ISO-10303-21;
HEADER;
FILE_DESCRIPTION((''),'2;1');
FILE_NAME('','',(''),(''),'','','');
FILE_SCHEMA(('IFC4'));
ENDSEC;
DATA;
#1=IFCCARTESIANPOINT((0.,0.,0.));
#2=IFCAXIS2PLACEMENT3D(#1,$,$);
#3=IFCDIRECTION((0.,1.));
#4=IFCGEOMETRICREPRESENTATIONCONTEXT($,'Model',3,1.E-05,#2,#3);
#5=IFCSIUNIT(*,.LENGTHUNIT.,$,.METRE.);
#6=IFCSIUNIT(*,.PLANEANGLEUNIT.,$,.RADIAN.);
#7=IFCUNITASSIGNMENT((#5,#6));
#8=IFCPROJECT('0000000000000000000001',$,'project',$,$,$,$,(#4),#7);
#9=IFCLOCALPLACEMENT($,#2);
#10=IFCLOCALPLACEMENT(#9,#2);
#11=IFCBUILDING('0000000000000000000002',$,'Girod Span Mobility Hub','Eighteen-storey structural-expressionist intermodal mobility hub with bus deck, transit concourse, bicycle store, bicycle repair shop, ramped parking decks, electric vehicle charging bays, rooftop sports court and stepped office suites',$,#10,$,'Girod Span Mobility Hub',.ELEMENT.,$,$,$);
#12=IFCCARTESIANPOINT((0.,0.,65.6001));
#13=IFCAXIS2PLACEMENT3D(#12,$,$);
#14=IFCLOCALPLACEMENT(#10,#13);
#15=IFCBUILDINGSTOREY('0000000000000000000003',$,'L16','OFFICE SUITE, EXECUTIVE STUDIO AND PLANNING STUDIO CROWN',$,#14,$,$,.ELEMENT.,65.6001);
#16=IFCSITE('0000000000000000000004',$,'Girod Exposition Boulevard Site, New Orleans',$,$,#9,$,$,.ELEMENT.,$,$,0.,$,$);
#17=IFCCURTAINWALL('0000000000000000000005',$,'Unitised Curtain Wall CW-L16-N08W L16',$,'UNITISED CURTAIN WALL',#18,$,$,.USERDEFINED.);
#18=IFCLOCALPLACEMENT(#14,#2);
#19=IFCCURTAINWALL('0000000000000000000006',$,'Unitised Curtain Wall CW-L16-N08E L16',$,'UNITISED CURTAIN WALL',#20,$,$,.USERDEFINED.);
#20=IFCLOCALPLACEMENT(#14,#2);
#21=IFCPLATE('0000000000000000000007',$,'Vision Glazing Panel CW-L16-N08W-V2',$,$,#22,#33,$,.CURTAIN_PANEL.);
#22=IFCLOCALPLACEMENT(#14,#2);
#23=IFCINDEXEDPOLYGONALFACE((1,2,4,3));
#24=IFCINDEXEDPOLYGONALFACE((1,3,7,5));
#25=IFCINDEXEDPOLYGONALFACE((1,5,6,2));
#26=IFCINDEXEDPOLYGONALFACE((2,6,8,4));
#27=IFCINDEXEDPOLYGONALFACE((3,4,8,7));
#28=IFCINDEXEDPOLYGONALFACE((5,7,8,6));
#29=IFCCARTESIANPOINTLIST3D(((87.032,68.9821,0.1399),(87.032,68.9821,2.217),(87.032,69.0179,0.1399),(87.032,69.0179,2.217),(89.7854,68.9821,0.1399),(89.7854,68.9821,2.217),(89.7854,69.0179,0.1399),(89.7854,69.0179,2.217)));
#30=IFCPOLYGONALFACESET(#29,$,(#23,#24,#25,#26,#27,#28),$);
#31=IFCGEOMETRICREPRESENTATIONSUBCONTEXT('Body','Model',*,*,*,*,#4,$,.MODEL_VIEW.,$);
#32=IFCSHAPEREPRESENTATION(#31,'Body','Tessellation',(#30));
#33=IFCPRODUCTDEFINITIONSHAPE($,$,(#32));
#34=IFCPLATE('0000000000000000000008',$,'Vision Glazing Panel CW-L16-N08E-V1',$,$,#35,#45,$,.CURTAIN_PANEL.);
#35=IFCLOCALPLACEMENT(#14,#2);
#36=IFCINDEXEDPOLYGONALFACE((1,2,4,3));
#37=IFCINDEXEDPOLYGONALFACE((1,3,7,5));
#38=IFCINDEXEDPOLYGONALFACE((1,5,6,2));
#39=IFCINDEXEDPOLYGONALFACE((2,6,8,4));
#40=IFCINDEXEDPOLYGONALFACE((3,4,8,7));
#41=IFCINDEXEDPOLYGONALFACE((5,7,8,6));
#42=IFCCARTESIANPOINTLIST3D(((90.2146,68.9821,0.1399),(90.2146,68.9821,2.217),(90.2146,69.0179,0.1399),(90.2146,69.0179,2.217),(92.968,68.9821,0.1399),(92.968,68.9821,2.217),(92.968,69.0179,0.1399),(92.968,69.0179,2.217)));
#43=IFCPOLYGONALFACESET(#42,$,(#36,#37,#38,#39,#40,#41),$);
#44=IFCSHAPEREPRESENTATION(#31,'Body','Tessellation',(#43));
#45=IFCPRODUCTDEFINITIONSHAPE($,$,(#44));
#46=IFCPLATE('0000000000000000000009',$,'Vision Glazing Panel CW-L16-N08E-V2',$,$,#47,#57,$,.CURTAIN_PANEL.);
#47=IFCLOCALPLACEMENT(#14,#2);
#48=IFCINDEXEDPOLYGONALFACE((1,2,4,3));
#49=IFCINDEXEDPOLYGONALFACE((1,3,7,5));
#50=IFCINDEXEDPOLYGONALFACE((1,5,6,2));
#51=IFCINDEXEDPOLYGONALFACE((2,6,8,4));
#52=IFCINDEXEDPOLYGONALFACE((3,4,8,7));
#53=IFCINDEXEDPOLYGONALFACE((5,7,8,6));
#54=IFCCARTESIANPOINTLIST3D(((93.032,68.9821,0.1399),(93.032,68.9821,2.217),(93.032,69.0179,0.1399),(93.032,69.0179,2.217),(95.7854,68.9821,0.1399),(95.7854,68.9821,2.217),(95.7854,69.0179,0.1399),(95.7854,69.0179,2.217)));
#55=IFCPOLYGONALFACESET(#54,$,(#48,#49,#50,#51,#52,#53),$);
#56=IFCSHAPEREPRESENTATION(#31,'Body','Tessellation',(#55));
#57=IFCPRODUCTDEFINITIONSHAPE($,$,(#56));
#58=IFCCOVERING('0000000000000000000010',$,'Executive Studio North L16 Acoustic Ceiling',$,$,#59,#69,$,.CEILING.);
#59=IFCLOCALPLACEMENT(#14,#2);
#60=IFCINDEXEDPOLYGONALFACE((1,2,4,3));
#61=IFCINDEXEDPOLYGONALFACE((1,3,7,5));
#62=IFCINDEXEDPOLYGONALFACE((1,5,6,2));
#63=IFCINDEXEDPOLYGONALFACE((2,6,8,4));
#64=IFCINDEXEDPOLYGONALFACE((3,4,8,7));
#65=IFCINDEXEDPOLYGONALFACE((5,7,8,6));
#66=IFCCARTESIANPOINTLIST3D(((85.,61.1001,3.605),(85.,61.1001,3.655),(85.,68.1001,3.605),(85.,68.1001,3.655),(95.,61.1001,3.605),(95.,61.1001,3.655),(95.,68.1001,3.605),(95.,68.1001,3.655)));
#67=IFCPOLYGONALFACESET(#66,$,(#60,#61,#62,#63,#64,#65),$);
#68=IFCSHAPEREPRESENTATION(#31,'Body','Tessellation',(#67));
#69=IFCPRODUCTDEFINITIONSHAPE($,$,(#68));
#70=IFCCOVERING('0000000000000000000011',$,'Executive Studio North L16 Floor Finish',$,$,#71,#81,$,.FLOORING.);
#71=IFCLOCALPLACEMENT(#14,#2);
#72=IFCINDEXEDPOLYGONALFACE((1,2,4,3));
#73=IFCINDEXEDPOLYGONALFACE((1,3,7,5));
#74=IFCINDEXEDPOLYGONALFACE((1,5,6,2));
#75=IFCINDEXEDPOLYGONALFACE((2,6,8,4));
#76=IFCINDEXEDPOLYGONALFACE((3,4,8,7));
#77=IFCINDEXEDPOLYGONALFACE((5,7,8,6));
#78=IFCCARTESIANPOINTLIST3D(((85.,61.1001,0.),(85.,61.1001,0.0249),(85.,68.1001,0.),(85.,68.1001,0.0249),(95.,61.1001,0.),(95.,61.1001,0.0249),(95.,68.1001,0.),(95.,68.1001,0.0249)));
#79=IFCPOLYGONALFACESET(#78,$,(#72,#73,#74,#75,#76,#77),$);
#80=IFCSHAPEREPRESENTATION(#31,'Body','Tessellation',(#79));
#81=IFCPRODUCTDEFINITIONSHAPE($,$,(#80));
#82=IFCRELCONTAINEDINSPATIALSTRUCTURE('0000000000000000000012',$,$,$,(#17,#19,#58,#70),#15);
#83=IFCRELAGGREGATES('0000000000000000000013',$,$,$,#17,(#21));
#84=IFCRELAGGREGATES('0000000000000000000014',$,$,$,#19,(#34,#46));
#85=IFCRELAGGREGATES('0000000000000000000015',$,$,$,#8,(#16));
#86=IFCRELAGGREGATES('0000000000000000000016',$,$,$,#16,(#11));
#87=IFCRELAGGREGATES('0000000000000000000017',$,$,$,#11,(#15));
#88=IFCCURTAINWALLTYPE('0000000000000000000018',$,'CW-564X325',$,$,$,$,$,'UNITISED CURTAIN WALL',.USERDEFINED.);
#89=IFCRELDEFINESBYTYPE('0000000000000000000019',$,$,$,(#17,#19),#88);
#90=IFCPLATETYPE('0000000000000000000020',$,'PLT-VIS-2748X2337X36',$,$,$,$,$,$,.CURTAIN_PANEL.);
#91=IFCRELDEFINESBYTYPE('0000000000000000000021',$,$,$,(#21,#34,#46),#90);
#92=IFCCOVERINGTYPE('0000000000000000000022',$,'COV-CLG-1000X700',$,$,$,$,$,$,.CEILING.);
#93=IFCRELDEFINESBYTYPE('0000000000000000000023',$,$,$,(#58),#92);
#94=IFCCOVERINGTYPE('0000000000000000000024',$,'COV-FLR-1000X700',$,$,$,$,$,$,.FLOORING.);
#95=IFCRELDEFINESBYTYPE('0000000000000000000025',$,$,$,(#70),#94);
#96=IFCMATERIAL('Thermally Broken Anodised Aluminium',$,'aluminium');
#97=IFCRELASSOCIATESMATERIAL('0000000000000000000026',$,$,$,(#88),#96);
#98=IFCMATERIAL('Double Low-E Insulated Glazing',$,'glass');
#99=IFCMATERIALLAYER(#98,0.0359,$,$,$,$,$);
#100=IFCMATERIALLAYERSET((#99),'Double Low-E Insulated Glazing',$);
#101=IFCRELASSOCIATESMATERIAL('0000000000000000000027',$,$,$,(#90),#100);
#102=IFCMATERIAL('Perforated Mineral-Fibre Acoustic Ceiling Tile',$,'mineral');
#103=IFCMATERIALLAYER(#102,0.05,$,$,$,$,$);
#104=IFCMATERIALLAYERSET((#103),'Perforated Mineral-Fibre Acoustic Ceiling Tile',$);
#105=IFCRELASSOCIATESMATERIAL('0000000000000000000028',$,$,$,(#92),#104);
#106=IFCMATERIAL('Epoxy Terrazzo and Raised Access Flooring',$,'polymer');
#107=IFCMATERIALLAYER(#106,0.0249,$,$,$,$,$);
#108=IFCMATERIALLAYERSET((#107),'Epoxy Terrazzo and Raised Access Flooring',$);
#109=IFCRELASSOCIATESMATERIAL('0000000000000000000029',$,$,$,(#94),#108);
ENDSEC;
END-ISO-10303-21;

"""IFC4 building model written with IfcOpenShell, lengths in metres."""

from ifc_helpers import new_model, si_unit, direction, frame, origin, origin_2d, place, context, subcontext, project, spatial, rectangle, extrude, material, layer, layer_set, type_object, element, aggregate, save


model = new_model("IFC4")

# Units and contexts
model_context = context("Model", 3, precision=1e-05, world=origin(), true_north=direction((0.0, 1.0)))
body_context = subcontext(model_context, "Body", "Model", "MODEL_VIEW")
ifc_project = project(units=[si_unit("LENGTHUNIT", "METRE"), si_unit("PLANEANGLEUNIT", "RADIAN")], contexts=[model_context])

# Site, building, storey
site_placement = place(None, origin())
site = spatial("IfcSite", under=ifc_project, at=site_placement, Name="Girod Exposition Boulevard Site, New Orleans", CompositionType="ELEMENT", RefElevation=0.0)
building_placement = place(site_placement, origin())
building = spatial("IfcBuilding", under=site, at=building_placement, Name="Girod Span Mobility Hub", Description="Eighteen-storey structural-expressionist intermodal mobility hub with bus deck, transit concourse, bicycle store, bicycle repair shop, ramped parking decks, electric vehicle charging bays, rooftop sports court and stepped office suites", LongName="Girod Span Mobility Hub", CompositionType="ELEMENT")
storey_placement = place(building_placement, frame((0.0, 0.0, 65.6001)))
storey = spatial("IfcBuildingStorey", under=building, at=storey_placement, Name="L16", Description="OFFICE SUITE, EXECUTIVE STUDIO AND PLANNING STUDIO CROWN", CompositionType="ELEMENT", Elevation=65.6001)

# Curtain walls
ifc_material_1 = material(Name="Thermally Broken Anodised Aluminium", Category="aluminium")
curtain_wall_type = type_object("IfcCurtainWallType", Name="CW-564X325", ElementType="UNITISED CURTAIN WALL", PredefinedType="USERDEFINED", material=ifc_material_1)
curtain_wall_1_placement = place(storey_placement, origin())
curtain_wall_1 = element("IfcCurtainWall", 1, at=curtain_wall_1_placement, inside=storey, type_object=curtain_wall_type, Name="Unitised Curtain Wall CW-L16-N08W L16", ObjectType="UNITISED CURTAIN WALL", PredefinedType="USERDEFINED")
curtain_wall_2_placement = place(storey_placement, origin())
curtain_wall_2 = element("IfcCurtainWall", 2, at=curtain_wall_2_placement, inside=storey, type_object=curtain_wall_type, Name="Unitised Curtain Wall CW-L16-N08E L16", ObjectType="UNITISED CURTAIN WALL", PredefinedType="USERDEFINED")

# Plates
ifc_material_2 = material(Name="Double Low-E Insulated Glazing", Category="glass")
ifc_layer_1 = layer(ifc_material_2, 0.0359)
ifc_layer_set_1 = layer_set([ifc_layer_1], Name="Double Low-E Insulated Glazing")
plate_type_1 = type_object("IfcPlateType", Name="PLT-VIS-2748X2337X36", PredefinedType="CURTAIN_PANEL", material=ifc_layer_set_1)
plate_1_placement = place(storey_placement, frame((88.4087, 69.0, 0.1399), z_axis=(0.0, 0.0, 1.0), x_axis=(1.0, 0.0, 0.0)))
plate_1 = element("IfcPlate", 3, at=plate_1_placement, type_object=plate_type_1, Name="Vision Glazing Panel CW-L16-N08W-V2", PredefinedType="CURTAIN_PANEL", context=body_context, shape_type="SweptSolid", body=[
    extrude(rectangle(XDim=2.7534, YDim=0.0359, at=origin_2d()), origin(), (0.0, 0.0, 1.0), 2.0771),
])
aggregate(curtain_wall_1, [plate_1])
plate_2_placement = place(storey_placement, frame((91.5913, 69.0, 0.1399), z_axis=(0.0, 0.0, 1.0), x_axis=(1.0, 0.0, 0.0)))
plate_2 = element("IfcPlate", 4, at=plate_2_placement, type_object=plate_type_1, Name="Vision Glazing Panel CW-L16-N08E-V1", PredefinedType="CURTAIN_PANEL", context=body_context, shape_type="SweptSolid", body=[
    extrude(rectangle(XDim=2.7534, YDim=0.0359, at=origin_2d()), origin(), (0.0, 0.0, 1.0), 2.0771),
])
plate_3_placement = place(storey_placement, frame((94.4087, 69.0, 0.1399), z_axis=(0.0, 0.0, 1.0), x_axis=(1.0, 0.0, 0.0)))
plate_3 = element("IfcPlate", 5, at=plate_3_placement, type_object=plate_type_1, Name="Vision Glazing Panel CW-L16-N08E-V2", PredefinedType="CURTAIN_PANEL", context=body_context, shape_type="SweptSolid", body=[
    extrude(rectangle(XDim=2.7534, YDim=0.0359, at=origin_2d()), origin(), (0.0, 0.0, 1.0), 2.0771),
])
aggregate(curtain_wall_2, [plate_2, plate_3])

# Coverings
ifc_material_3 = material(Name="Perforated Mineral-Fibre Acoustic Ceiling Tile", Category="mineral")
ifc_layer_2 = layer(ifc_material_3, 0.05)
ifc_layer_set_2 = layer_set([ifc_layer_2], Name="Perforated Mineral-Fibre Acoustic Ceiling Tile")
covering_type_1 = type_object("IfcCoveringType", Name="COV-CLG-1000X700", PredefinedType="CEILING", material=ifc_layer_set_2)
covering_1_placement = place(storey_placement, frame((90.0, 64.6001, 3.605), z_axis=(0.0, 0.0, 1.0), x_axis=(1.0, 0.0, 0.0)))
element("IfcCovering", 6, at=covering_1_placement, inside=storey, type_object=covering_type_1, Name="Executive Studio North L16 Acoustic Ceiling", PredefinedType="CEILING", context=body_context, shape_type="SweptSolid", body=[
    extrude(rectangle(XDim=10.0, YDim=7.0, at=origin_2d()), origin(), (0.0, 0.0, 1.0), 0.05),
])
ifc_material_4 = material(Name="Epoxy Terrazzo and Raised Access Flooring", Category="polymer")
ifc_layer_3 = layer(ifc_material_4, 0.0249)
ifc_layer_set_3 = layer_set([ifc_layer_3], Name="Epoxy Terrazzo and Raised Access Flooring")
covering_type_2 = type_object("IfcCoveringType", Name="COV-FLR-1000X700", PredefinedType="FLOORING", material=ifc_layer_set_3)
covering_2_placement = place(storey_placement, frame((90.0, 64.6001, 0.0), z_axis=(0.0, 0.0, 1.0), x_axis=(1.0, 0.0, 0.0)))
element("IfcCovering", 7, at=covering_2_placement, inside=storey, type_object=covering_type_2, Name="Executive Studio North L16 Floor Finish", PredefinedType="FLOORING", context=body_context, shape_type="SweptSolid", body=[
    extrude(rectangle(XDim=10.0, YDim=7.0, at=origin_2d()), origin(), (0.0, 0.0, 1.0), 0.0249),
])

save(model, "model.ifc")
